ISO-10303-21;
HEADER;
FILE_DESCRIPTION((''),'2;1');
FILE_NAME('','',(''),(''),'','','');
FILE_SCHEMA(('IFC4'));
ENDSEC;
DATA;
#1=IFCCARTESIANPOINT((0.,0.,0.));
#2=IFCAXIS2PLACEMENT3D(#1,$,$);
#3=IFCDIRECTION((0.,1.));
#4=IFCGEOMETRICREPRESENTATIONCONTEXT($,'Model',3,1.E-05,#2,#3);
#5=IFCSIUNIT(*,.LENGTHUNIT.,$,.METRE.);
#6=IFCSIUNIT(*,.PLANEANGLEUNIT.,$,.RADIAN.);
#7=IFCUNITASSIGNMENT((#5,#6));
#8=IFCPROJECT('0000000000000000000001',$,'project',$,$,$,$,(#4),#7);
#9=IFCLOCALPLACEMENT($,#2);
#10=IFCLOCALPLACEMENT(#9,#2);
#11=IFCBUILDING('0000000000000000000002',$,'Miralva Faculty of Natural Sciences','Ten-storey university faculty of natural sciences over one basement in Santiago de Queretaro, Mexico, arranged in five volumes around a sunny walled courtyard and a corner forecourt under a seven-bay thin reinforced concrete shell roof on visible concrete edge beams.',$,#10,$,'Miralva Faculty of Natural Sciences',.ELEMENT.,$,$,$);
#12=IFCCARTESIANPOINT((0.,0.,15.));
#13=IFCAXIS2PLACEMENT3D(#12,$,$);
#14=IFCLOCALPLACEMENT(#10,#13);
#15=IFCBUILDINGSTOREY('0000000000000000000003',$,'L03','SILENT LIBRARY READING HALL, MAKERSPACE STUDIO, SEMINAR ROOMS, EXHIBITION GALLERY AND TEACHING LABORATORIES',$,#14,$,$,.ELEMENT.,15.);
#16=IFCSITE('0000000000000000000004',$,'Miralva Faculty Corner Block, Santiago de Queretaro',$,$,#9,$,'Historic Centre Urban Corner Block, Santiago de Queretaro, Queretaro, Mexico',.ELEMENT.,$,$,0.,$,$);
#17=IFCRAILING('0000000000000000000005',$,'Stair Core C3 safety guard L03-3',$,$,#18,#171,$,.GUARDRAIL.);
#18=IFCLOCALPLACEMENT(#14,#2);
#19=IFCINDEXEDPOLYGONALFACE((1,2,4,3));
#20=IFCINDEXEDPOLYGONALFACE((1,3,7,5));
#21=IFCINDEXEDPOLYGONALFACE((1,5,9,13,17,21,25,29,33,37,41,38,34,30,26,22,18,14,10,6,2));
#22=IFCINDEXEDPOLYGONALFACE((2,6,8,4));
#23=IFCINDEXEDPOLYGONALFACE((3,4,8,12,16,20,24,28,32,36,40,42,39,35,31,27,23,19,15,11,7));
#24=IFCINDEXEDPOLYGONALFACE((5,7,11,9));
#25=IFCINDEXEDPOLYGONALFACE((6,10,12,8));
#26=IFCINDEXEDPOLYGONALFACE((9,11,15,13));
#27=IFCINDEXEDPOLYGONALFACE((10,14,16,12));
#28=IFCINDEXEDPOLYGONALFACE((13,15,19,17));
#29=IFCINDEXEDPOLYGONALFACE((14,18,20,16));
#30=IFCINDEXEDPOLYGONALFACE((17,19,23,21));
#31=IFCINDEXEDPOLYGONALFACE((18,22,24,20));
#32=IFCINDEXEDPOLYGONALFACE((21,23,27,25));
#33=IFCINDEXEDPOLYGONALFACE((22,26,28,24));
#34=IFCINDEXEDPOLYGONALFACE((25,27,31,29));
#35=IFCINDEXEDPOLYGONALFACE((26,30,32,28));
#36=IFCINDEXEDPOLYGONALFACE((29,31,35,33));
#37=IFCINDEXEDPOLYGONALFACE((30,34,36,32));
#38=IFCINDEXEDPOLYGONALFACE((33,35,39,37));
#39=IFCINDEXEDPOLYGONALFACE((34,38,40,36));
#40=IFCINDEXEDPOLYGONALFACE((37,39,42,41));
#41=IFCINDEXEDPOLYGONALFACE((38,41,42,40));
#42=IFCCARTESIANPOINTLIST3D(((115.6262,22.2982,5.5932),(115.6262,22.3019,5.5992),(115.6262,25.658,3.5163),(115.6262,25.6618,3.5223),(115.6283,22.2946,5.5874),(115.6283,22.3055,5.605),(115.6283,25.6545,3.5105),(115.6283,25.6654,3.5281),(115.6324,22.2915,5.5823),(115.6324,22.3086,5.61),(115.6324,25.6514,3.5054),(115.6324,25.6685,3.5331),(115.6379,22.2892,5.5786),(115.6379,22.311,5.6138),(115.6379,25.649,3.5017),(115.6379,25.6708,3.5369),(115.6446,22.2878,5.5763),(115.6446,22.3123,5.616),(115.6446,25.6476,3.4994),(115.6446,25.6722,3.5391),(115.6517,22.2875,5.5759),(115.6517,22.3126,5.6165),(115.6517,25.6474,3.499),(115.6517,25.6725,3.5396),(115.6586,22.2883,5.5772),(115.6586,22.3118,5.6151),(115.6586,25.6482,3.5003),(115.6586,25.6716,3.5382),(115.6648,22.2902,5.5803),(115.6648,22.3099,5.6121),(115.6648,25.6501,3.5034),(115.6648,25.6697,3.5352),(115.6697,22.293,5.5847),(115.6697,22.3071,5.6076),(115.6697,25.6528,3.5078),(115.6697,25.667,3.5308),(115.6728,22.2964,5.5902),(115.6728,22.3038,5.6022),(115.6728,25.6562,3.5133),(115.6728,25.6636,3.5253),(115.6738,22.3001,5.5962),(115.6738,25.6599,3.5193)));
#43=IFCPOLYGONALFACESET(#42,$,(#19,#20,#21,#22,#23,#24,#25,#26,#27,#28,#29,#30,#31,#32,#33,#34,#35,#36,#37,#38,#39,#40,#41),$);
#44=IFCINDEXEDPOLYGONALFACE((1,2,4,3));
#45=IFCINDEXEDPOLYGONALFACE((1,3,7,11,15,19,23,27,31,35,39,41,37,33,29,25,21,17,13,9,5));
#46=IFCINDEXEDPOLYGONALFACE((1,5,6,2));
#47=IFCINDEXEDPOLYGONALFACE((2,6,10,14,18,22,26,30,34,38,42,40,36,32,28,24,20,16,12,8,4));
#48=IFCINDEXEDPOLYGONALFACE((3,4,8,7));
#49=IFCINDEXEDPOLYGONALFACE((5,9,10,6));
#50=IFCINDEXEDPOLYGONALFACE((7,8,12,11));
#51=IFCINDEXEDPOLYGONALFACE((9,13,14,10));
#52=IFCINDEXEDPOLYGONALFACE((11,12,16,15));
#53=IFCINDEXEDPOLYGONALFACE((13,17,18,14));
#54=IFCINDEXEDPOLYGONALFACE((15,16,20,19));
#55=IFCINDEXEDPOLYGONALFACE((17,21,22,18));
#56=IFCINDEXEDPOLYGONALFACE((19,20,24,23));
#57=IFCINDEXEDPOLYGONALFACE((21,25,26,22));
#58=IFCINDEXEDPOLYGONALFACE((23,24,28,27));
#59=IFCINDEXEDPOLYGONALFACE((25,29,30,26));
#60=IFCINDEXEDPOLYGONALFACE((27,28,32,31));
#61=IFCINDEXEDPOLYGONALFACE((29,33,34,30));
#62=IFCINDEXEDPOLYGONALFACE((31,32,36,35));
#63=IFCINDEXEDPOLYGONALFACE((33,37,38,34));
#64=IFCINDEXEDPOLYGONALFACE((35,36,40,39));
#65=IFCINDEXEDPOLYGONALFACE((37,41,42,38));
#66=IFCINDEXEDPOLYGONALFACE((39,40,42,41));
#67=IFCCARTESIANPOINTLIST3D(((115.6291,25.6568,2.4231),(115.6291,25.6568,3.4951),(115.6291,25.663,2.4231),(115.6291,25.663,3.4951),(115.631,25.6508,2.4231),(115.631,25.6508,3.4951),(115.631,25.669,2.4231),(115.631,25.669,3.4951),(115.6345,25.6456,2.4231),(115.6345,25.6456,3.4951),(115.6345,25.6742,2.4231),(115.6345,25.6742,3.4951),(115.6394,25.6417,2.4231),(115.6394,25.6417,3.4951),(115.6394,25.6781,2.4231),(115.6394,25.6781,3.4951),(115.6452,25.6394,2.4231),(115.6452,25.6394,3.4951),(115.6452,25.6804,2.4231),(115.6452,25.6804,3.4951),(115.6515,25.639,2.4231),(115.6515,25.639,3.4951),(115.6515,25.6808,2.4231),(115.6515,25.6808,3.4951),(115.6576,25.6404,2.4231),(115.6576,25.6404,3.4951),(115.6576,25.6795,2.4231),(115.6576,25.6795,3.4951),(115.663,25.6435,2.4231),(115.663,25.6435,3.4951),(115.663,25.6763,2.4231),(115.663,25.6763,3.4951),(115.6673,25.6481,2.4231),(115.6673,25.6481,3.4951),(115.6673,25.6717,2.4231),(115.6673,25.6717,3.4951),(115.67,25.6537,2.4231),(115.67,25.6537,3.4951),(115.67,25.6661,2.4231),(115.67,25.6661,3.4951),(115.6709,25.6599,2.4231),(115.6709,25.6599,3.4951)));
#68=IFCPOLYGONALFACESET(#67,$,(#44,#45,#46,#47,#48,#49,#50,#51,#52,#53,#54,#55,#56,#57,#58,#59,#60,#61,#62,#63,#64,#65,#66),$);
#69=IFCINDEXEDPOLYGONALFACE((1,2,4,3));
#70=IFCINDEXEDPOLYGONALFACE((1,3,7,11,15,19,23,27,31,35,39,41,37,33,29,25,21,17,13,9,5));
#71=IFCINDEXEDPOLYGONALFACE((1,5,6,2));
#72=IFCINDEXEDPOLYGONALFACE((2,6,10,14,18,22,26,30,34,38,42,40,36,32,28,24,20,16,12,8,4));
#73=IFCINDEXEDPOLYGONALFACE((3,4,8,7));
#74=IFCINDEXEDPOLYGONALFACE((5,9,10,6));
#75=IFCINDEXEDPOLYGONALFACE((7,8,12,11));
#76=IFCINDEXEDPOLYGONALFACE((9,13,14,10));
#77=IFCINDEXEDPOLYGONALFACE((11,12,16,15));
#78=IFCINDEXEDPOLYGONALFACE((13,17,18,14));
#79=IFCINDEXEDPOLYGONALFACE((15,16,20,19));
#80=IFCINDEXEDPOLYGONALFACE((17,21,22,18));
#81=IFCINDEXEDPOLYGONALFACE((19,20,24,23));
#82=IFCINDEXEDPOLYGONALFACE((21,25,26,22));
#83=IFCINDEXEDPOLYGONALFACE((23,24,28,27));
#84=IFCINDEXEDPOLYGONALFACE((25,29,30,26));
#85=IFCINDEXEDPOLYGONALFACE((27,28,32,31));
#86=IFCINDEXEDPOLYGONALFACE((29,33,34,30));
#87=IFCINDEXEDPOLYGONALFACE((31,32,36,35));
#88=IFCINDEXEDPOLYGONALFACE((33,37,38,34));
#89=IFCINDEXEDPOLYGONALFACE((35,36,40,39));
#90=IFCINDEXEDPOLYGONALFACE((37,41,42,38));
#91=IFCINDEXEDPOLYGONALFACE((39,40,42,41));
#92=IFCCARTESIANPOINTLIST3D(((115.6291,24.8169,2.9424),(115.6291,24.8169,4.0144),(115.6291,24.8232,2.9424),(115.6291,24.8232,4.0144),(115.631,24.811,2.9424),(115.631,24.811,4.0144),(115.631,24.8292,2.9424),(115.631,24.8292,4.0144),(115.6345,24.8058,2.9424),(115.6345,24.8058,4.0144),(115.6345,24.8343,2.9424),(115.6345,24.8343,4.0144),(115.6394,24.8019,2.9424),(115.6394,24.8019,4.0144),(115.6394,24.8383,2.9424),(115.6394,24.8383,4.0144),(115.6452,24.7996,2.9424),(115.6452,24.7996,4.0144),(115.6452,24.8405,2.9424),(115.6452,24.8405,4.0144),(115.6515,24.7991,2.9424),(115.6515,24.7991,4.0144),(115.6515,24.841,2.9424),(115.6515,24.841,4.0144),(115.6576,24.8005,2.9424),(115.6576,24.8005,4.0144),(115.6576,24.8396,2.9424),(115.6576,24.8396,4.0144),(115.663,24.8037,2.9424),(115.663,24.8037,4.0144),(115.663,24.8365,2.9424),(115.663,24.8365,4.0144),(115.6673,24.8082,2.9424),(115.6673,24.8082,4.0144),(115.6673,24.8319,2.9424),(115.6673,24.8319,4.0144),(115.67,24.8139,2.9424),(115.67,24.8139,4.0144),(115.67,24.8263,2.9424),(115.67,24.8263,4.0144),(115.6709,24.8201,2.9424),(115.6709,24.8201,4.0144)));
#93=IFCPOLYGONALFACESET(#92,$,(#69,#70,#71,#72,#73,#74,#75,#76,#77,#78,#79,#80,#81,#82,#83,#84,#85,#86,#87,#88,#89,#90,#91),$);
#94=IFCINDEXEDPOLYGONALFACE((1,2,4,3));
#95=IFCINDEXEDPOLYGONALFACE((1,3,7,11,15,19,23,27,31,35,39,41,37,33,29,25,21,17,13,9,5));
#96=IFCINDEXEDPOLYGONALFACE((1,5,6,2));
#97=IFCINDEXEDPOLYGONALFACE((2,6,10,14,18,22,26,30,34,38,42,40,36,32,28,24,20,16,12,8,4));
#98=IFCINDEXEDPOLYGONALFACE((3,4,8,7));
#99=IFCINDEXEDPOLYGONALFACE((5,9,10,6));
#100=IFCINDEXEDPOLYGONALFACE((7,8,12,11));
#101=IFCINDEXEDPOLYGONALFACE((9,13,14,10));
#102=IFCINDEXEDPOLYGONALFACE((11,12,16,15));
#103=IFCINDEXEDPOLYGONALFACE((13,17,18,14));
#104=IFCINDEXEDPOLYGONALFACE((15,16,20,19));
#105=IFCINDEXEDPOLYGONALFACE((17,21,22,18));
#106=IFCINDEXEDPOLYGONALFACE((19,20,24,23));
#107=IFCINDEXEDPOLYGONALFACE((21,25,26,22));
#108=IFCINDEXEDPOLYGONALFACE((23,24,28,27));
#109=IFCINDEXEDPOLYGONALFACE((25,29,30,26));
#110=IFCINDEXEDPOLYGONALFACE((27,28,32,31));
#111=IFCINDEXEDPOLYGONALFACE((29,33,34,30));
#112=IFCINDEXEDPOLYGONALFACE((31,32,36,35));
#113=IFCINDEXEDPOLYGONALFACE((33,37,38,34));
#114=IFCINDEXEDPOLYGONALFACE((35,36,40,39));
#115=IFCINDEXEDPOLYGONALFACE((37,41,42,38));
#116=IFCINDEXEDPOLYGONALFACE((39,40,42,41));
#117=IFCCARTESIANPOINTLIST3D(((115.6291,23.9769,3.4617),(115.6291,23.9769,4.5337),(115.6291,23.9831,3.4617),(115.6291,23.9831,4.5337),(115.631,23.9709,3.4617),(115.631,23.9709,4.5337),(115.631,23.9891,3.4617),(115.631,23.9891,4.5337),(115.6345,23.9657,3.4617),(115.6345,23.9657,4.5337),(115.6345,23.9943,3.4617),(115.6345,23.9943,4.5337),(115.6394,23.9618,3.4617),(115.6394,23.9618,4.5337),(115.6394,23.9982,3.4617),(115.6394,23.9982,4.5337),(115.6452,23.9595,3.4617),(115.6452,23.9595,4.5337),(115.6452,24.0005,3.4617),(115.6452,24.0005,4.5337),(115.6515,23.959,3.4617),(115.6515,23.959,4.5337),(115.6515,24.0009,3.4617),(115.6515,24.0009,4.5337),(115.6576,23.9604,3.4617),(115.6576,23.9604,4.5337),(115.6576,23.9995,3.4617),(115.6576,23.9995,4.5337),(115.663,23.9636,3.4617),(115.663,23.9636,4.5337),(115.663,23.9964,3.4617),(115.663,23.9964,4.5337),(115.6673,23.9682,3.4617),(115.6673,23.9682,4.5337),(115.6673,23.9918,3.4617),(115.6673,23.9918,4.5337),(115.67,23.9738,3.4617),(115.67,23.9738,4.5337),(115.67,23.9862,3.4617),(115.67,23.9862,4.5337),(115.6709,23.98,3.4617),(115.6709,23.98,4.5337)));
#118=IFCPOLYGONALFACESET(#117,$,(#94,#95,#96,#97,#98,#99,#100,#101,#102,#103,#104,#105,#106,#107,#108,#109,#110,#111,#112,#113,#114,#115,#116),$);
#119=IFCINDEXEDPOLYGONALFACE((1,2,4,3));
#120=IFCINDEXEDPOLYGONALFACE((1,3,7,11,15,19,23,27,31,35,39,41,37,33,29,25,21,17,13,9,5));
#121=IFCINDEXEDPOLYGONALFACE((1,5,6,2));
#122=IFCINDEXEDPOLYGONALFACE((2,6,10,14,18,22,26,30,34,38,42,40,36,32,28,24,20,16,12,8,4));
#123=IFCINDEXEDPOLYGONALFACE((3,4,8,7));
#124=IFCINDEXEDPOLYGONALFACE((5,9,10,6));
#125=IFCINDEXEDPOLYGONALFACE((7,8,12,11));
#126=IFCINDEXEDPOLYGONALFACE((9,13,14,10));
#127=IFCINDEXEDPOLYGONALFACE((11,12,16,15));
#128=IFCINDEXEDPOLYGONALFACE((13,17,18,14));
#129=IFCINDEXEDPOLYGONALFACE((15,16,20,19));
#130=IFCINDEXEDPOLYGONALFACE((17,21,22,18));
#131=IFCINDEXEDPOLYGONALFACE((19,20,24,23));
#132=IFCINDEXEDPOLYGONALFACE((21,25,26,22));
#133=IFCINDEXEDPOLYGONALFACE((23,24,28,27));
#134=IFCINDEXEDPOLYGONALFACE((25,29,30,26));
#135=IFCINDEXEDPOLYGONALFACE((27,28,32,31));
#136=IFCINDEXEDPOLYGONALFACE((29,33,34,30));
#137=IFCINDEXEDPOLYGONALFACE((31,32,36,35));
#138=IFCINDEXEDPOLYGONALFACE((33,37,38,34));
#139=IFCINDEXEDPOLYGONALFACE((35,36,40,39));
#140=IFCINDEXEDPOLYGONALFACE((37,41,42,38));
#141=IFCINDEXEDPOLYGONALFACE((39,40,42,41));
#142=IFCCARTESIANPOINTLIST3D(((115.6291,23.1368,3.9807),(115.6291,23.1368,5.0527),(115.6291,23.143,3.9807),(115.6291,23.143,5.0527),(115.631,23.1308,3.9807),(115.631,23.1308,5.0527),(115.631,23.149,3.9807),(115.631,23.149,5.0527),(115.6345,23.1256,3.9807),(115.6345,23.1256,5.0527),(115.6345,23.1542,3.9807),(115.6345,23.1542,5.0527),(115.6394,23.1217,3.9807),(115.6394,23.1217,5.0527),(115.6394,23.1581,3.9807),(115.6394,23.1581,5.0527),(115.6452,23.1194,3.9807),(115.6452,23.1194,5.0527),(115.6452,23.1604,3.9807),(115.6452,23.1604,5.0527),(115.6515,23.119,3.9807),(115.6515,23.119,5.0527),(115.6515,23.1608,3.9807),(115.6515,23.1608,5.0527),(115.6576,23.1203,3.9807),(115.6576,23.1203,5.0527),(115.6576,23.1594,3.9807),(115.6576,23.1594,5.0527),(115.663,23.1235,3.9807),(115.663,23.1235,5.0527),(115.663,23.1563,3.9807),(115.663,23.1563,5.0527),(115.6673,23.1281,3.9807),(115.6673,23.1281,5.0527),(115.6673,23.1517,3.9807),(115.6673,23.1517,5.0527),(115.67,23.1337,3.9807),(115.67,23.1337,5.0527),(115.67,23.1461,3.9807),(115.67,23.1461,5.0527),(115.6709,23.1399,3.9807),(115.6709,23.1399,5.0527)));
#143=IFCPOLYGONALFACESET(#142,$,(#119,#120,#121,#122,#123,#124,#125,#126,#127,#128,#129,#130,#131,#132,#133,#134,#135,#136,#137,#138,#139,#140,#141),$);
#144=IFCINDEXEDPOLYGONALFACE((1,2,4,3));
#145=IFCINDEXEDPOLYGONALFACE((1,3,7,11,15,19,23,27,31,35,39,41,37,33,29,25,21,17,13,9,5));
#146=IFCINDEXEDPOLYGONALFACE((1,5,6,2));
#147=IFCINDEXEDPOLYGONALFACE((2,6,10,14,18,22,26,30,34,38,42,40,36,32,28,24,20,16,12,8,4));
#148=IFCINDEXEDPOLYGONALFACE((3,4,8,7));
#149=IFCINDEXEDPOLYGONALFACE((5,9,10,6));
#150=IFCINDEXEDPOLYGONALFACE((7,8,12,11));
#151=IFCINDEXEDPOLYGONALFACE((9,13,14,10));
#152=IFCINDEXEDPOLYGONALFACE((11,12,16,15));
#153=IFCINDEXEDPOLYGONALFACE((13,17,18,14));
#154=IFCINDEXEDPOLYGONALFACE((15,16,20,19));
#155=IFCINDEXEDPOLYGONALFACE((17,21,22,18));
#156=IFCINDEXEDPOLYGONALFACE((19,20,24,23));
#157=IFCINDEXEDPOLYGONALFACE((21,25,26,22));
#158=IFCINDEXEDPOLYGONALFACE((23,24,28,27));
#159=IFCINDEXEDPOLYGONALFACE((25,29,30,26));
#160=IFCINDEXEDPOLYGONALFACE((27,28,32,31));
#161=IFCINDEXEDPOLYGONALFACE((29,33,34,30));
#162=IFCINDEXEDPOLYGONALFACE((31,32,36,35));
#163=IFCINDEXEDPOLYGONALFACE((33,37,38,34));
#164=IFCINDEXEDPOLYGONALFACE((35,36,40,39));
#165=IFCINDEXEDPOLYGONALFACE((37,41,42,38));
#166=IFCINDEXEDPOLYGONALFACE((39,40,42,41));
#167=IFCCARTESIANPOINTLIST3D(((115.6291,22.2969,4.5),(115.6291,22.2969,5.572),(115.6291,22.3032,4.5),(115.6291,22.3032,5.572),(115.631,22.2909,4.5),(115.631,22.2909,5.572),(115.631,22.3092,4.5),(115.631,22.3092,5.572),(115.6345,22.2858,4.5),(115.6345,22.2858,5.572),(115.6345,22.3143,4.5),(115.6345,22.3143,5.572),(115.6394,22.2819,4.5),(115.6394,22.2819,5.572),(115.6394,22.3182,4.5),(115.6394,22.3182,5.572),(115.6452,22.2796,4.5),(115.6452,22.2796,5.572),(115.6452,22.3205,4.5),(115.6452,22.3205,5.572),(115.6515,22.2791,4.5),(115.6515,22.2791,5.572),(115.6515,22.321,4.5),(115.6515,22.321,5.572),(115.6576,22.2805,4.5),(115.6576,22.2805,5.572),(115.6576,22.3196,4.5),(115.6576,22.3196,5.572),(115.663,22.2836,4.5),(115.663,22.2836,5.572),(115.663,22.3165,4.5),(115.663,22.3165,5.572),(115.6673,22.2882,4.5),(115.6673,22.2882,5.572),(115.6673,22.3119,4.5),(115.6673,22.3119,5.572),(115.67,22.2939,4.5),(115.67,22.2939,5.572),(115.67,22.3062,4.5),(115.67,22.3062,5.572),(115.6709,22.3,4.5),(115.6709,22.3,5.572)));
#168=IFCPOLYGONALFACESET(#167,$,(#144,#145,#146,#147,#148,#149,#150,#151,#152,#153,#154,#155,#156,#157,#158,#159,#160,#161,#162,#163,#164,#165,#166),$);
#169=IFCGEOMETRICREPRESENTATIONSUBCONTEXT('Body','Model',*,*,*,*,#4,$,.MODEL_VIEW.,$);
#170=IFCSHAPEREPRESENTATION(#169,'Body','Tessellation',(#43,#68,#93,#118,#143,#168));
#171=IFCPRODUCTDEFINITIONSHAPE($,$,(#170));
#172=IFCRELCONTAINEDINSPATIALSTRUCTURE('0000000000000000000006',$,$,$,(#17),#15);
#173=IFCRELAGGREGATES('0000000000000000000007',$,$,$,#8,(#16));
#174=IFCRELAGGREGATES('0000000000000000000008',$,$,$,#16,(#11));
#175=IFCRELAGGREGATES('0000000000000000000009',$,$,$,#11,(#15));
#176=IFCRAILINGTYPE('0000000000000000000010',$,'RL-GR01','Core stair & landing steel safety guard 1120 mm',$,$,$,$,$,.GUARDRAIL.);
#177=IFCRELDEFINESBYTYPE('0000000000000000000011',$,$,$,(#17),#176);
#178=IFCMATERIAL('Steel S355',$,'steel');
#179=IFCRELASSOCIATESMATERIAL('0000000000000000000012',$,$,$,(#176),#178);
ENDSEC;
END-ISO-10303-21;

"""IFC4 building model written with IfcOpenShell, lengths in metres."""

from ifc_helpers import new_model, si_unit, direction, frame, origin, origin_2d, place, context, subcontext, project, spatial, circle, extrude, material, type_object, element, save


model = new_model("IFC4")

# Units and contexts
model_context = context("Model", 3, precision=1e-05, world=origin(), true_north=direction((0.0, 1.0)))
body_context = subcontext(model_context, "Body", "Model", "MODEL_VIEW")
ifc_project = project(units=[si_unit("LENGTHUNIT", "METRE"), si_unit("PLANEANGLEUNIT", "RADIAN")], contexts=[model_context])

# Site, building, storey
site_placement = place(None, origin())
site = spatial("IfcSite", under=ifc_project, at=site_placement, Name="Miralva Faculty Corner Block, Santiago de Queretaro", LongName="Historic Centre Urban Corner Block, Santiago de Queretaro, Queretaro, Mexico", CompositionType="ELEMENT", RefElevation=0.0)
building_placement = place(site_placement, origin())
building = spatial("IfcBuilding", under=site, at=building_placement, Name="Miralva Faculty of Natural Sciences", Description="Ten-storey university faculty of natural sciences over one basement in Santiago de Queretaro, Mexico, arranged in five volumes around a sunny walled courtyard and a corner forecourt under a seven-bay thin reinforced concrete shell roof on visible concrete edge beams.", LongName="Miralva Faculty of Natural Sciences", CompositionType="ELEMENT")
storey_placement = place(building_placement, frame((0.0, 0.0, 15.0)))
storey = spatial("IfcBuildingStorey", under=building, at=storey_placement, Name="L03", Description="SILENT LIBRARY READING HALL, MAKERSPACE STUDIO, SEMINAR ROOMS, EXHIBITION GALLERY AND TEACHING LABORATORIES", CompositionType="ELEMENT", Elevation=15.0)

# Railing
ifc_material_1 = material(Name="Steel S355", Category="steel")
railing_type_1 = type_object("IfcRailingType", Name="RL-GR01", Description="Core stair & landing steel safety guard 1120 mm", PredefinedType="GUARDRAIL", material=ifc_material_1)
railing_1_placement = place(storey_placement, frame((115.6499, 25.6599, 2.4231)))
element("IfcRailing", 1, at=railing_1_placement, inside=storey, type_object=railing_type_1, Name="Stair Core C3 safety guard L03-3", PredefinedType="GUARDRAIL", context=body_context, shape_type="SweptSolid", body=[
    extrude(circle(Radius=0.0239, at=origin_2d()), frame((0.0, 0.0, 1.0962), z_axis=(0.0, -0.850606, 0.525803), x_axis=(1.0, 0.0, 0.0)), (0.0, 0.0, 1.0), 3.95),
    extrude(circle(Radius=0.021, at=origin_2d()), origin(), (0.0, 0.0, 1.0), 1.072),
    extrude(circle(Radius=0.021, at=origin_2d()), frame((0.0, -0.8398, 0.5193)), (0.0, 0.0, 1.0), 1.072),
    extrude(circle(Radius=0.021, at=origin_2d()), frame((0.0, -1.6799, 1.0386)), (0.0, 0.0, 1.0), 1.072),
    extrude(circle(Radius=0.021, at=origin_2d()), frame((0.0, -2.52, 1.5576)), (0.0, 0.0, 1.0), 1.072),
    extrude(circle(Radius=0.021, at=origin_2d()), frame((0.0, -3.3599, 2.0769)), (0.0, 0.0, 1.0), 1.072),
])

save(model, "model.ifc")
